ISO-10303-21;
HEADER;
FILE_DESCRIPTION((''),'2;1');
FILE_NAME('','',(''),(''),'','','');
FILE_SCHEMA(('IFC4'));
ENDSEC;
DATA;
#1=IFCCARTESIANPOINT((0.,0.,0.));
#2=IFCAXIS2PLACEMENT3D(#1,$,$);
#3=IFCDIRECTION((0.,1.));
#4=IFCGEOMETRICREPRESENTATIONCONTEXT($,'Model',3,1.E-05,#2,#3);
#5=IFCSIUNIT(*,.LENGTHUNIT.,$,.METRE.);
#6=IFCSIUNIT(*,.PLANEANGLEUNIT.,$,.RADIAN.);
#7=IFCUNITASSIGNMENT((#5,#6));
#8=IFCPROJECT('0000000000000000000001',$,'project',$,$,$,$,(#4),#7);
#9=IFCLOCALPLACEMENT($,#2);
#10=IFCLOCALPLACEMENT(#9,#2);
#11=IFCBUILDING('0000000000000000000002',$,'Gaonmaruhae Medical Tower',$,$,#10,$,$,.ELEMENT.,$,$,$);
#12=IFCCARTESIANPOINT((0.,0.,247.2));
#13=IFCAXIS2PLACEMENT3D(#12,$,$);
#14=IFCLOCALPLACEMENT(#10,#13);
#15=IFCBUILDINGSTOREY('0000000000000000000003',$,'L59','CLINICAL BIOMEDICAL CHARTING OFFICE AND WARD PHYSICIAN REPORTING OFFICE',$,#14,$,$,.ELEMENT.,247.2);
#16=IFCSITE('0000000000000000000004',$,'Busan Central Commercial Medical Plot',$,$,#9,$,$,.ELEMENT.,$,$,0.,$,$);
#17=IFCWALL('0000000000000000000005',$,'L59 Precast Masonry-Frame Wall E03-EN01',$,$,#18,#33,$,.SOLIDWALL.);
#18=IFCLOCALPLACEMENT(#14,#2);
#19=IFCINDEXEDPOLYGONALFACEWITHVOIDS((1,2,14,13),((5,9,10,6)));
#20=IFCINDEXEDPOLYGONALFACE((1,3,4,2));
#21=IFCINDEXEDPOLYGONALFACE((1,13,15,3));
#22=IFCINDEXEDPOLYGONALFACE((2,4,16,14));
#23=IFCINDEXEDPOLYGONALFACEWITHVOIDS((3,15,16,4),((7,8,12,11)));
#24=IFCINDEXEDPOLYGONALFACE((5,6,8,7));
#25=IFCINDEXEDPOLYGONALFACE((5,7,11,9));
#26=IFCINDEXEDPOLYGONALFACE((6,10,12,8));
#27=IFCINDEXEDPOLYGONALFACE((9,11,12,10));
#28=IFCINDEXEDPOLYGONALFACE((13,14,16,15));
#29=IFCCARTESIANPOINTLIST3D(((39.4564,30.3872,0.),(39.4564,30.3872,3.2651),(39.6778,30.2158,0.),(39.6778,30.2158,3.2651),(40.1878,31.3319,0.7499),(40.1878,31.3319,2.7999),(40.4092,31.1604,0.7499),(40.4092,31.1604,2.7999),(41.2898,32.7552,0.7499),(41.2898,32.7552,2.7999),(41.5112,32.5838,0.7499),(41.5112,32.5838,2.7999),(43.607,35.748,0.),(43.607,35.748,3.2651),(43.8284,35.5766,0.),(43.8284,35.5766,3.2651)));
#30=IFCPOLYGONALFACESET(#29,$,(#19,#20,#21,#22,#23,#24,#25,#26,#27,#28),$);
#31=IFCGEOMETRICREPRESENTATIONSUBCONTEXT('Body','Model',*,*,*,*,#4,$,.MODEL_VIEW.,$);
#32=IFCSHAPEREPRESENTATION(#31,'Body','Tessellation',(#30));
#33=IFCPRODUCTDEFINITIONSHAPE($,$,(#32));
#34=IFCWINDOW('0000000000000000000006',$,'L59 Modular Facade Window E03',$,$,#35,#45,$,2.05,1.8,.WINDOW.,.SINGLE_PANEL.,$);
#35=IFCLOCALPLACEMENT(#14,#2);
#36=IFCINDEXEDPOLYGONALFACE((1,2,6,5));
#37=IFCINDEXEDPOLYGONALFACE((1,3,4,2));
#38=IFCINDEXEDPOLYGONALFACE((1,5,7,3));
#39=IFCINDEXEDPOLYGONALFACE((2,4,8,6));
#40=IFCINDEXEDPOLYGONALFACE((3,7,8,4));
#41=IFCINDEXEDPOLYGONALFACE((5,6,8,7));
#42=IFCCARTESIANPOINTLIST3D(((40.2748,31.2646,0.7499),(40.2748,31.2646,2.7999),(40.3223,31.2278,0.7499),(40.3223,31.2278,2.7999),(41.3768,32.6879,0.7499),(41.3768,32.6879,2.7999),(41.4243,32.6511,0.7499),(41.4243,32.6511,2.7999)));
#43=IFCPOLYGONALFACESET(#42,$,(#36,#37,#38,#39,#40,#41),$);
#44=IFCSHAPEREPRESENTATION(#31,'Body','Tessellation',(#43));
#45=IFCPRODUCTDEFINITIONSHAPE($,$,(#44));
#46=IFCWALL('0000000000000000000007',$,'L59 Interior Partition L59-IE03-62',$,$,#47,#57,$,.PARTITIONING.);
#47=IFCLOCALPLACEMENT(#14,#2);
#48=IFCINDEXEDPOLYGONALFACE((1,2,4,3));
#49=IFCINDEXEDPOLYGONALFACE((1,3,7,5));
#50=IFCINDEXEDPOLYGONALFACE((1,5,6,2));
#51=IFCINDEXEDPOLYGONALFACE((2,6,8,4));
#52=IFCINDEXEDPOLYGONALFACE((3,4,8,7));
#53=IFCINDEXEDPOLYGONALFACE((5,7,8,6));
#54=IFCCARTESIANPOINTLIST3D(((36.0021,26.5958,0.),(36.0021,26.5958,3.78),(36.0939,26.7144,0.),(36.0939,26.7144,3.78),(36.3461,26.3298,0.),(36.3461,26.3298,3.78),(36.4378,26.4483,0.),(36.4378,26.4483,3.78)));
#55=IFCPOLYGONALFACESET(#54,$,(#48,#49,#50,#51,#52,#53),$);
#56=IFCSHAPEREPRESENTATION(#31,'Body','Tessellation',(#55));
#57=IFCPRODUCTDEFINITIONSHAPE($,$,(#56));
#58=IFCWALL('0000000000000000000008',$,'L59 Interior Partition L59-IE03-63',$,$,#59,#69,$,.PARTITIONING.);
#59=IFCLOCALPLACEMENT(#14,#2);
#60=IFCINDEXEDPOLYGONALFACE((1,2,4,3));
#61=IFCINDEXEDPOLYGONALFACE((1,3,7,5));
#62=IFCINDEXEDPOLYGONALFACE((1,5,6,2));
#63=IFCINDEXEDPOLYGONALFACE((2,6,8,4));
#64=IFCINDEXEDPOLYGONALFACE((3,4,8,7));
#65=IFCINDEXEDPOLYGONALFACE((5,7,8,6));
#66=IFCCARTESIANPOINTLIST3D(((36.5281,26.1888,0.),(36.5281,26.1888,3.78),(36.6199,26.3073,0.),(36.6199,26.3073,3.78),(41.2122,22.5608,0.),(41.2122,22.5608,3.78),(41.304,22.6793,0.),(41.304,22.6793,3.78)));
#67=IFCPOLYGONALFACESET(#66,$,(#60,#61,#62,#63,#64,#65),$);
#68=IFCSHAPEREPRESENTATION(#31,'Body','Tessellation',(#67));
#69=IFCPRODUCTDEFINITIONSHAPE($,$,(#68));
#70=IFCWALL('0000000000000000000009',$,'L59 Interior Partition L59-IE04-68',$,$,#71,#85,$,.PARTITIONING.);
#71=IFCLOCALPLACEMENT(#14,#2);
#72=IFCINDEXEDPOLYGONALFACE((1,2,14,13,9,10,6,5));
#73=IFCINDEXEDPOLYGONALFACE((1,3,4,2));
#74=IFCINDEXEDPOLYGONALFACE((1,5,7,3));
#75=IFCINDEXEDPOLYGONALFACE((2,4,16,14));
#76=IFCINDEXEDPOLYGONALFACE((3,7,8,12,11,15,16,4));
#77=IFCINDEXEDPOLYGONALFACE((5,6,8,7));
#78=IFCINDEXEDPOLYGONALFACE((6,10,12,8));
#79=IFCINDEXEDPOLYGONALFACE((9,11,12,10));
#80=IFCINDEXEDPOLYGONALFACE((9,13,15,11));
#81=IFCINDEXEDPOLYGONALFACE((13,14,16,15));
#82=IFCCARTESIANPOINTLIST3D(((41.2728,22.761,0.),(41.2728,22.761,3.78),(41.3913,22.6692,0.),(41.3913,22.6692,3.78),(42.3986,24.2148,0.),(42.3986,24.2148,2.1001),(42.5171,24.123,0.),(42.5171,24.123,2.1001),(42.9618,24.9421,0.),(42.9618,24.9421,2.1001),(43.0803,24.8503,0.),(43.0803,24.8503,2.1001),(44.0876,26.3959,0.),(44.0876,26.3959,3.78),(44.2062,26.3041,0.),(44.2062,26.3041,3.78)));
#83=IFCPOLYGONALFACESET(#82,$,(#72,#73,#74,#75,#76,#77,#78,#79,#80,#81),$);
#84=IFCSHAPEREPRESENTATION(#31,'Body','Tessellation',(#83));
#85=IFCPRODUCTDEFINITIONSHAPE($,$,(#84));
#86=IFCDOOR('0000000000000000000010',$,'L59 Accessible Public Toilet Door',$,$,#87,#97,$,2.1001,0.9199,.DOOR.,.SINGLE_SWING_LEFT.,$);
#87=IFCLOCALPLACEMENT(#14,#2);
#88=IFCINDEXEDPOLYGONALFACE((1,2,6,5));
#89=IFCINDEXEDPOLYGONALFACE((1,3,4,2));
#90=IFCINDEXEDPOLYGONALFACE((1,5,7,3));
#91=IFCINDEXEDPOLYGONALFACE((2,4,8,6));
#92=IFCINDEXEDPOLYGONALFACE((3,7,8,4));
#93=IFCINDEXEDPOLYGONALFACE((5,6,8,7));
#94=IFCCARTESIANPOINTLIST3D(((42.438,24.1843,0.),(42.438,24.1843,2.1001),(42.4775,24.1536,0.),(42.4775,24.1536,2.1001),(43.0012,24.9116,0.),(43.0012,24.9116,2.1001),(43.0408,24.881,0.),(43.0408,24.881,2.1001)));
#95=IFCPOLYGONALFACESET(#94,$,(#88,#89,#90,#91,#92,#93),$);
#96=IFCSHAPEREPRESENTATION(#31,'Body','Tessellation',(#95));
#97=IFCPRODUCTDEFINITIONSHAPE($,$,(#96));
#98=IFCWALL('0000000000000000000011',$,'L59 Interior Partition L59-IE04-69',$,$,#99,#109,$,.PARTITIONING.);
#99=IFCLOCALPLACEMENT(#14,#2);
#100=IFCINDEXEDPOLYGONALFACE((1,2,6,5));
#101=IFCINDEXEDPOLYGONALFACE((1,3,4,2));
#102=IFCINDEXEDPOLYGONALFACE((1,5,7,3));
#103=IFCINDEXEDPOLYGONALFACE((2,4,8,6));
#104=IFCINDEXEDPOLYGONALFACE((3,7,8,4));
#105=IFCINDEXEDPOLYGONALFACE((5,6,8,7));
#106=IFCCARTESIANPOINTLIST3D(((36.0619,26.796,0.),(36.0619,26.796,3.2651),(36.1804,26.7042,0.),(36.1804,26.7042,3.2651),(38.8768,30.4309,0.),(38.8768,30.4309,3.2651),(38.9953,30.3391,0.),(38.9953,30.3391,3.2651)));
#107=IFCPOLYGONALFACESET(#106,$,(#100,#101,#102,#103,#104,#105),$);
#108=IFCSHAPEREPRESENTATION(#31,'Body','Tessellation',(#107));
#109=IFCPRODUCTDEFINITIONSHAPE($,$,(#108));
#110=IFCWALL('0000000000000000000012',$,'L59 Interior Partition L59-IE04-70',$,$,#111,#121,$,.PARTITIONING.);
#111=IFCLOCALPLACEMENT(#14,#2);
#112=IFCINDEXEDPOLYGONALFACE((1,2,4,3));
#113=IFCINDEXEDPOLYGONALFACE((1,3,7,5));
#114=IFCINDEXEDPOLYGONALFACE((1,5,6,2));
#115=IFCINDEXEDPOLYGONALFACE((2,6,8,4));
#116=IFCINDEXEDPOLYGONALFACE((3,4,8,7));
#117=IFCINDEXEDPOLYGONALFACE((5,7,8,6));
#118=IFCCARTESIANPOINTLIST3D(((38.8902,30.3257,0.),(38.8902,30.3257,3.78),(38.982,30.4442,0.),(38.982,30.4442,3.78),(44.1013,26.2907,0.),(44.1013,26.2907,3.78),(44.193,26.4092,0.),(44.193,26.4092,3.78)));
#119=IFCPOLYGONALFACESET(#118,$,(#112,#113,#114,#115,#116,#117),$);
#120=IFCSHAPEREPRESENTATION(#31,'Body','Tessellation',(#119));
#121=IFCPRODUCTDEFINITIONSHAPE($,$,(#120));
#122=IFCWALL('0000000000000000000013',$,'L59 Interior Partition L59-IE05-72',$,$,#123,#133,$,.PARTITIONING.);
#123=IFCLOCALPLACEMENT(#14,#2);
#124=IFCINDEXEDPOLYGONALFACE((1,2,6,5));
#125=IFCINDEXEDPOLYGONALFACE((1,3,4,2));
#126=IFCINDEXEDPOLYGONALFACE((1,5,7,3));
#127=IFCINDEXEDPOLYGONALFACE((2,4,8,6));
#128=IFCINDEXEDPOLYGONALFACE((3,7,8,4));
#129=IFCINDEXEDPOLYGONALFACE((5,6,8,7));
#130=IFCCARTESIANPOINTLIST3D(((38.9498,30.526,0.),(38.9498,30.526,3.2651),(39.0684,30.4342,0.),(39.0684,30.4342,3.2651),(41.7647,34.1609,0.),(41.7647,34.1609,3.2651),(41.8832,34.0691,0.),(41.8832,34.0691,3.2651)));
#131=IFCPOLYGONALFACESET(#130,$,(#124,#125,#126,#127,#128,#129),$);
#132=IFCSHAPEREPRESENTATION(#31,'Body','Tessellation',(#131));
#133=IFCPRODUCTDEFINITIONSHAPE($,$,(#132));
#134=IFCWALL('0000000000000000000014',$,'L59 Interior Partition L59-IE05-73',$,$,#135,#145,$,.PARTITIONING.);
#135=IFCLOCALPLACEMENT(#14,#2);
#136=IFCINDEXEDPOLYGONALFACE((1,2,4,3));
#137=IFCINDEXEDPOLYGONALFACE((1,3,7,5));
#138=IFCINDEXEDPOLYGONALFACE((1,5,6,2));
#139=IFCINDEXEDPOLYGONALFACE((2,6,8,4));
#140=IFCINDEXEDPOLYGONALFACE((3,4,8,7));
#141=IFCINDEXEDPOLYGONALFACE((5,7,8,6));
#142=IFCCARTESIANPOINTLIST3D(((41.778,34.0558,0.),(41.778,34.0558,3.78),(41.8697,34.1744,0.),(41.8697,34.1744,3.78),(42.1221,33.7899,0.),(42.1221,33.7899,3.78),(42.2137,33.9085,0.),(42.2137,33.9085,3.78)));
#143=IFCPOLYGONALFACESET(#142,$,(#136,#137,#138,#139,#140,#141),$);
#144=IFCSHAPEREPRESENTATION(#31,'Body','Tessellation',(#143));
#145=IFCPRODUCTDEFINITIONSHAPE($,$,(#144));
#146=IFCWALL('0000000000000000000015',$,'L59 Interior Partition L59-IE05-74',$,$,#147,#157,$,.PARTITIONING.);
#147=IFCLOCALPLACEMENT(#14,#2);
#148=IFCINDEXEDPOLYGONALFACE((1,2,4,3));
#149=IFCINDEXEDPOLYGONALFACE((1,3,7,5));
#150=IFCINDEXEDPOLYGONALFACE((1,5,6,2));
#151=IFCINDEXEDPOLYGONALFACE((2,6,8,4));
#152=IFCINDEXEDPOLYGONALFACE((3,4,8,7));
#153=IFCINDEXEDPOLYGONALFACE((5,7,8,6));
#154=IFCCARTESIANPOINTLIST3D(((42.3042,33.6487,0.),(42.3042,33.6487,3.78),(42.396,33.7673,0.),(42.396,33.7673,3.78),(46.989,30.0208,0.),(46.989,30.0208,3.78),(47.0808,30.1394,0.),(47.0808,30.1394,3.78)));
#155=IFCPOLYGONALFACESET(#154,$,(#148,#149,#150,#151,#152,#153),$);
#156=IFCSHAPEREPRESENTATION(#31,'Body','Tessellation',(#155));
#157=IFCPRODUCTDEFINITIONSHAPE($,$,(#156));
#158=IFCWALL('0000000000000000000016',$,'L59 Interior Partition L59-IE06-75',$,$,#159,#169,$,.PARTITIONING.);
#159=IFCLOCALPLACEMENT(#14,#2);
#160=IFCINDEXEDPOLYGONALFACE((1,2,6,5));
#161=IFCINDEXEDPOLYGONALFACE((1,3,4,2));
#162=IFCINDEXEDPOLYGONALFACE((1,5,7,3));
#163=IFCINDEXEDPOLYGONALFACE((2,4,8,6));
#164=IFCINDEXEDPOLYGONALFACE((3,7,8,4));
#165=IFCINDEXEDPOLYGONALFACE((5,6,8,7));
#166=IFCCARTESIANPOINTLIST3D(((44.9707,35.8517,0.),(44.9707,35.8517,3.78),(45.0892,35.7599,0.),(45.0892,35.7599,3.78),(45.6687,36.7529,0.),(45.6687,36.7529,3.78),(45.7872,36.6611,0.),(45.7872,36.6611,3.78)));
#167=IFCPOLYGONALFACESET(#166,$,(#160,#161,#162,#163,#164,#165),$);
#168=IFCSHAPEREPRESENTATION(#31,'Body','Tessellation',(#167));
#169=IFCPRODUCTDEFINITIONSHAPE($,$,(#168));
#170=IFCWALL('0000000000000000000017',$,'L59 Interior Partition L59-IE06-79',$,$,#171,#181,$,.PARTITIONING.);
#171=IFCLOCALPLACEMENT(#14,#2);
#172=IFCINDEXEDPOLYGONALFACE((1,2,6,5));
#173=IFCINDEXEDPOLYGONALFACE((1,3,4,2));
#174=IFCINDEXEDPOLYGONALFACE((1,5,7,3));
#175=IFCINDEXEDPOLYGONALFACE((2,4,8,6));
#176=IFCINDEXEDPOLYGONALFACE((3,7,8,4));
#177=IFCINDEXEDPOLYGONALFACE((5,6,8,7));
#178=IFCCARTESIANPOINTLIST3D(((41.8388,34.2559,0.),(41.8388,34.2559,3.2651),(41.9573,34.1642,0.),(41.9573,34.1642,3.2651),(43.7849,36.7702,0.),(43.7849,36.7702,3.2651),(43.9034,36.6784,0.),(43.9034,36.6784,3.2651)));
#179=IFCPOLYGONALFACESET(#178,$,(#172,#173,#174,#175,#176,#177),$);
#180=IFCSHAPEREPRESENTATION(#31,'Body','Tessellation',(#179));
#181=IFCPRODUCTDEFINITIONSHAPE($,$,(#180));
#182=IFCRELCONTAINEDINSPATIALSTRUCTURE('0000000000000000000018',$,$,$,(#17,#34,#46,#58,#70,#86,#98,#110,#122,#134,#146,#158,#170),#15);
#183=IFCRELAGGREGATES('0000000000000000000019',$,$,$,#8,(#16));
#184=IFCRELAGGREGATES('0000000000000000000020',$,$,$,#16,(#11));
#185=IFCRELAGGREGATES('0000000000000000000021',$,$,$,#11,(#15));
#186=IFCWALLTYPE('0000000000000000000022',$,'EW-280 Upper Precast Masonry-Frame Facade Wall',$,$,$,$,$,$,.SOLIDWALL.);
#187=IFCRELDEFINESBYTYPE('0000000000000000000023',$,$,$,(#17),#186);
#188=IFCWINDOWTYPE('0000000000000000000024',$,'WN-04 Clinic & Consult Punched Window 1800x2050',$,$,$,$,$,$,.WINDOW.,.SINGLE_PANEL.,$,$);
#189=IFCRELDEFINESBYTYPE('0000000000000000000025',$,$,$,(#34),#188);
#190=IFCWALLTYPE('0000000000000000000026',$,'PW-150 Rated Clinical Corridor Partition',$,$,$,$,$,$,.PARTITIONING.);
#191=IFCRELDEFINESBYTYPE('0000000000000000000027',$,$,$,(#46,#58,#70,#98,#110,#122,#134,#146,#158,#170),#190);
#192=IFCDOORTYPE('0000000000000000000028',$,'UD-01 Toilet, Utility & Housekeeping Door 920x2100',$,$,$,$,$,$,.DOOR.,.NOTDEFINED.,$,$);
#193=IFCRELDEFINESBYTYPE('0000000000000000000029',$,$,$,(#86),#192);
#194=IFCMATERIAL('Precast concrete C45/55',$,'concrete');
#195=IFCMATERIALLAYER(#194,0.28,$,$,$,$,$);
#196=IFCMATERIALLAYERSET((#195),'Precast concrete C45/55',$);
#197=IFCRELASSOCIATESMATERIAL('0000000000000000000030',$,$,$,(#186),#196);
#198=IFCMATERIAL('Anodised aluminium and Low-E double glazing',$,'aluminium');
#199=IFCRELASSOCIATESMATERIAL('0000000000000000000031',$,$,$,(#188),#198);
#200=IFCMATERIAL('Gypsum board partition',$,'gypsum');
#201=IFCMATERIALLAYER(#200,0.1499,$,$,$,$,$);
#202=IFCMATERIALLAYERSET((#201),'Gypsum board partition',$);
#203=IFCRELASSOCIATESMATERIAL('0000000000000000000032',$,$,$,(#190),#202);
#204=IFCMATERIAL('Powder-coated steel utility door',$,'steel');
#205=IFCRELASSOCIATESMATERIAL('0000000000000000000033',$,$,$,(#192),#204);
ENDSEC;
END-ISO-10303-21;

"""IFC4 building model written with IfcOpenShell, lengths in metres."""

from ifc_helpers import new_model, si_unit, direction, frame, frame_2d, origin, place, context, subcontext, project, spatial, rectangle, extrude, material, layer, layer_set, type_object, element, fill, save


model = new_model("IFC4")

# Units and contexts
model_context = context("Model", 3, precision=1e-05, world=origin(), true_north=direction((0.0, 1.0)))
body_context = subcontext(model_context, "Body", "Model", "MODEL_VIEW")
ifc_project = project(units=[si_unit("LENGTHUNIT", "METRE"), si_unit("PLANEANGLEUNIT", "RADIAN")], contexts=[model_context])

# Site, building, storey
site_placement = place(None, origin())
site = spatial("IfcSite", under=ifc_project, at=site_placement, Name="Busan Central Commercial Medical Plot", CompositionType="ELEMENT", RefElevation=0.0)
building_placement = place(site_placement, origin())
building = spatial("IfcBuilding", under=site, at=building_placement, Name="Gaonmaruhae Medical Tower", CompositionType="ELEMENT")
storey_placement = place(building_placement, frame((0.0, 0.0, 247.2)))
storey = spatial("IfcBuildingStorey", under=building, at=storey_placement, Name="L59", Description="CLINICAL BIOMEDICAL CHARTING OFFICE AND WARD PHYSICIAN REPORTING OFFICE", CompositionType="ELEMENT", Elevation=247.2)

# Shared definitions
ifc_material_1 = material(Name="Precast concrete C45/55", Category="concrete")
ifc_layer_1 = layer(ifc_material_1, 0.28)
ifc_layer_set_1 = layer_set([ifc_layer_1], Name="Precast concrete C45/55")
wall_type_1 = type_object("IfcWallType", Name="EW-280 Upper Precast Masonry-Frame Facade Wall", PredefinedType="SOLIDWALL", material=ifc_layer_set_1)

# Wall, opening, window
wall_1_placement = place(storey_placement, frame((39.5671, 30.3015, 0.0), z_axis=(0.0, 0.0, 1.0), x_axis=(0.612202, 0.790702, 0.0)))
wall_1 = element("IfcWall", 1, at=wall_1_placement, inside=storey, type_object=wall_type_1, Name="L59 Precast Masonry-Frame Wall E03-EN01", PredefinedType="SOLIDWALL", context=body_context, shape_type="SweptSolid", body=[
    extrude(rectangle(XDim=6.7798, YDim=0.28, at=frame_2d((3.3899, 0.0))), origin(), (0.0, 0.0, 1.0), 3.2651),
])
opening_1_placement = place(wall_1_placement, frame((1.1948, 0.0, 0.75)))
opening_1 = element("IfcOpeningElement", 2, at=opening_1_placement, cuts=wall_1, PredefinedType="OPENING", context=body_context, shape_type="SweptSolid", body=[
    extrude(rectangle(XDim=1.8, YDim=2.05, at=frame_2d((0.8999, 1.0249))), frame((0.0, 0.1499, 0.0), z_axis=(0.0, -1.0, 0.0), x_axis=(1.0, 0.0, 0.0)), (0.0, 0.0, 1.0), 0.3),
])
ifc_material_2 = material(Name="Anodised aluminium and Low-E double glazing", Category="aluminium")
window_type = type_object("IfcWindowType", Name="WN-04 Clinic & Consult Punched Window 1800x2050", PartitioningType="SINGLE_PANEL", PredefinedType="WINDOW", material=ifc_material_2)
window_placement = place(opening_1_placement, origin())
window = element("IfcWindow", 3, at=window_placement, inside=storey, type_object=window_type, Name="L59 Modular Facade Window E03", OverallHeight=2.05, OverallWidth=1.8, PartitioningType="SINGLE_PANEL", PredefinedType="WINDOW", context=body_context, shape_type="SweptSolid", body=[
    extrude(rectangle(XDim=1.8, YDim=2.05, at=frame_2d((0.8999, 1.0249))), frame((0.0, 0.03, 0.0), z_axis=(0.0, -1.0, 0.0), x_axis=(1.0, 0.0, 0.0)), (0.0, 0.0, 1.0), 0.0601),
])
fill(opening_1, window)

# Walls
ifc_material_3 = material(Name="Gypsum board partition", Category="gypsum")
ifc_layer_2 = layer(ifc_material_3, 0.1499)
ifc_layer_set_2 = layer_set([ifc_layer_2], Name="Gypsum board partition")
wall_type_2 = type_object("IfcWallType", Name="PW-150 Rated Clinical Corridor Partition", PredefinedType="PARTITIONING", material=ifc_layer_set_2)
wall_2_placement = place(storey_placement, frame((36.0481, 26.655, 0.0), z_axis=(0.0, 0.0, 1.0), x_axis=(0.790952, -0.611879, 0.0)))
element("IfcWall", 4, at=wall_2_placement, inside=storey, type_object=wall_type_2, Name="L59 Interior Partition L59-IE03-62", PredefinedType="PARTITIONING", context=body_context, shape_type="SweptSolid", body=[
    extrude(rectangle(XDim=0.4348, YDim=0.1499, at=frame_2d((0.2173, 0.0))), origin(), (0.0, 0.0, 1.0), 3.78),
])
wall_3_placement = place(storey_placement, frame((36.574, 26.248, 0.0), z_axis=(0.0, 0.0, 1.0), x_axis=(0.790598, -0.612336, 0.0)))
element("IfcWall", 5, at=wall_3_placement, inside=storey, type_object=wall_type_2, Name="L59 Interior Partition L59-IE03-63", PredefinedType="PARTITIONING", context=body_context, shape_type="SweptSolid", body=[
    extrude(rectangle(XDim=5.9248, YDim=0.1499, at=frame_2d((2.9624, 0.0))), origin(), (0.0, 0.0, 1.0), 3.78),
])

# Wall, opening, door
wall_4_placement = place(storey_placement, frame((44.147, 26.3501, 0.0), z_axis=(0.0, 0.0, 1.0), x_axis=(-0.612274, -0.790646, 0.0)))
wall_4 = element("IfcWall", 6, at=wall_4_placement, inside=storey, type_object=wall_type_2, Name="L59 Interior Partition L59-IE04-68", PredefinedType="PARTITIONING", context=body_context, shape_type="SweptSolid", body=[
    extrude(rectangle(XDim=4.5974, YDim=0.1499, at=frame_2d((2.2988, 0.0))), origin(), (0.0, 0.0, 1.0), 3.78),
])
opening_2_placement = place(wall_4_placement, frame((1.8389, 0.0, 0.0)))
opening_2 = element("IfcOpeningElement", 7, at=opening_2_placement, cuts=wall_4, PredefinedType="OPENING", context=body_context, shape_type="SweptSolid", body=[
    extrude(rectangle(XDim=0.9199, YDim=2.1001, at=frame_2d((0.46, 1.05))), frame((0.0, 0.085, 0.0), z_axis=(0.0, -1.0, 0.0), x_axis=(1.0, 0.0, 0.0)), (0.0, 0.0, 1.0), 0.1699),
])
ifc_material_4 = material(Name="Powder-coated steel utility door", Category="steel")
door_type = type_object("IfcDoorType", Name="UD-01 Toilet, Utility & Housekeeping Door 920x2100", OperationType="NOTDEFINED", PredefinedType="DOOR", material=ifc_material_4)
door_placement = place(opening_2_placement, origin())
door = element("IfcDoor", 8, at=door_placement, inside=storey, type_object=door_type, Name="L59 Accessible Public Toilet Door", OperationType="SINGLE_SWING_LEFT", OverallHeight=2.1001, OverallWidth=0.9199, PredefinedType="DOOR", context=body_context, shape_type="SweptSolid", body=[
    extrude(rectangle(XDim=0.9199, YDim=2.1001, at=frame_2d((0.46, 1.05))), frame((0.0, 0.0249, 0.0), z_axis=(0.0, -1.0, 0.0), x_axis=(1.0, 0.0, 0.0)), (0.0, 0.0, 1.0), 0.05),
])
fill(opening_2, door)

# Walls
wall_5_placement = place(storey_placement, frame((36.1211, 26.75, 0.0), z_axis=(0.0, 0.0, 1.0), x_axis=(0.612274, 0.790646, 0.0)))
element("IfcWall", 9, at=wall_5_placement, inside=storey, type_object=wall_type_2, Name="L59 Interior Partition L59-IE04-69", PredefinedType="PARTITIONING", context=body_context, shape_type="SweptSolid", body=[
    extrude(rectangle(XDim=4.5974, YDim=0.1499, at=frame_2d((2.2988, 0.0))), origin(), (0.0, 0.0, 1.0), 3.2651),
])
wall_6_placement = place(storey_placement, frame((38.936, 30.385, 0.0), z_axis=(0.0, 0.0, 1.0), x_axis=(0.790677, -0.612234, 0.0)))
element("IfcWall", 10, at=wall_6_placement, inside=storey, type_object=wall_type_2, Name="L59 Interior Partition L59-IE04-70", PredefinedType="PARTITIONING", context=body_context, shape_type="SweptSolid", body=[
    extrude(rectangle(XDim=6.5906, YDim=0.1499, at=frame_2d((3.2954, 0.0))), origin(), (0.0, 0.0, 1.0), 3.78),
])
wall_7_placement = place(storey_placement, frame((39.009, 30.48, 0.0), z_axis=(0.0, 0.0, 1.0), x_axis=(0.612274, 0.790646, 0.0)))
element("IfcWall", 11, at=wall_7_placement, inside=storey, type_object=wall_type_2, Name="L59 Interior Partition L59-IE05-72", PredefinedType="PARTITIONING", context=body_context, shape_type="SweptSolid", body=[
    extrude(rectangle(XDim=4.5974, YDim=0.1499, at=frame_2d((2.2988, 0.0))), origin(), (0.0, 0.0, 1.0), 3.2651),
])
wall_8_placement = place(storey_placement, frame((41.824, 34.115, 0.0), z_axis=(0.0, 0.0, 1.0), x_axis=(0.791223, -0.611527, 0.0)))
element("IfcWall", 12, at=wall_8_placement, inside=storey, type_object=wall_type_2, Name="L59 Interior Partition L59-IE05-73", PredefinedType="PARTITIONING", context=body_context, shape_type="SweptSolid", body=[
    extrude(rectangle(XDim=0.4348, YDim=0.1499, at=frame_2d((0.2173, 0.0))), origin(), (0.0, 0.0, 1.0), 3.78),
])
wall_9_placement = place(storey_placement, frame((42.3501, 33.708, 0.0), z_axis=(0.0, 0.0, 1.0), x_axis=(0.790644, -0.612276, 0.0)))
element("IfcWall", 13, at=wall_9_placement, inside=storey, type_object=wall_type_2, Name="L59 Interior Partition L59-IE05-74", PredefinedType="PARTITIONING", context=body_context, shape_type="SweptSolid", body=[
    extrude(rectangle(XDim=5.9253, YDim=0.1499, at=frame_2d((2.9626, 0.0))), origin(), (0.0, 0.0, 1.0), 3.78),
])
wall_10_placement = place(storey_placement, frame((45.03, 35.8059, 0.0), z_axis=(0.0, 0.0, 1.0), x_axis=(0.612368, 0.790573, 0.0)))
element("IfcWall", 14, at=wall_10_placement, inside=storey, type_object=wall_type_2, Name="L59 Interior Partition L59-IE06-75", PredefinedType="PARTITIONING", context=body_context, shape_type="SweptSolid", body=[
    extrude(rectangle(XDim=1.1399, YDim=0.1499, at=frame_2d((0.5698, 0.0))), origin(), (0.0, 0.0, 1.0), 3.78),
])
wall_11_placement = place(storey_placement, frame((41.8979, 34.21, 0.0), z_axis=(0.0, 0.0, 1.0), x_axis=(0.612094, 0.790785, 0.0)))
element("IfcWall", 15, at=wall_11_placement, inside=storey, type_object=wall_type_2, Name="L59 Interior Partition L59-IE06-79", PredefinedType="PARTITIONING", context=body_context, shape_type="SweptSolid", body=[
    extrude(rectangle(XDim=3.1794, YDim=0.1499, at=frame_2d((1.5898, 0.0))), origin(), (0.0, 0.0, 1.0), 3.2651),
])

save(model, "model.ifc")
